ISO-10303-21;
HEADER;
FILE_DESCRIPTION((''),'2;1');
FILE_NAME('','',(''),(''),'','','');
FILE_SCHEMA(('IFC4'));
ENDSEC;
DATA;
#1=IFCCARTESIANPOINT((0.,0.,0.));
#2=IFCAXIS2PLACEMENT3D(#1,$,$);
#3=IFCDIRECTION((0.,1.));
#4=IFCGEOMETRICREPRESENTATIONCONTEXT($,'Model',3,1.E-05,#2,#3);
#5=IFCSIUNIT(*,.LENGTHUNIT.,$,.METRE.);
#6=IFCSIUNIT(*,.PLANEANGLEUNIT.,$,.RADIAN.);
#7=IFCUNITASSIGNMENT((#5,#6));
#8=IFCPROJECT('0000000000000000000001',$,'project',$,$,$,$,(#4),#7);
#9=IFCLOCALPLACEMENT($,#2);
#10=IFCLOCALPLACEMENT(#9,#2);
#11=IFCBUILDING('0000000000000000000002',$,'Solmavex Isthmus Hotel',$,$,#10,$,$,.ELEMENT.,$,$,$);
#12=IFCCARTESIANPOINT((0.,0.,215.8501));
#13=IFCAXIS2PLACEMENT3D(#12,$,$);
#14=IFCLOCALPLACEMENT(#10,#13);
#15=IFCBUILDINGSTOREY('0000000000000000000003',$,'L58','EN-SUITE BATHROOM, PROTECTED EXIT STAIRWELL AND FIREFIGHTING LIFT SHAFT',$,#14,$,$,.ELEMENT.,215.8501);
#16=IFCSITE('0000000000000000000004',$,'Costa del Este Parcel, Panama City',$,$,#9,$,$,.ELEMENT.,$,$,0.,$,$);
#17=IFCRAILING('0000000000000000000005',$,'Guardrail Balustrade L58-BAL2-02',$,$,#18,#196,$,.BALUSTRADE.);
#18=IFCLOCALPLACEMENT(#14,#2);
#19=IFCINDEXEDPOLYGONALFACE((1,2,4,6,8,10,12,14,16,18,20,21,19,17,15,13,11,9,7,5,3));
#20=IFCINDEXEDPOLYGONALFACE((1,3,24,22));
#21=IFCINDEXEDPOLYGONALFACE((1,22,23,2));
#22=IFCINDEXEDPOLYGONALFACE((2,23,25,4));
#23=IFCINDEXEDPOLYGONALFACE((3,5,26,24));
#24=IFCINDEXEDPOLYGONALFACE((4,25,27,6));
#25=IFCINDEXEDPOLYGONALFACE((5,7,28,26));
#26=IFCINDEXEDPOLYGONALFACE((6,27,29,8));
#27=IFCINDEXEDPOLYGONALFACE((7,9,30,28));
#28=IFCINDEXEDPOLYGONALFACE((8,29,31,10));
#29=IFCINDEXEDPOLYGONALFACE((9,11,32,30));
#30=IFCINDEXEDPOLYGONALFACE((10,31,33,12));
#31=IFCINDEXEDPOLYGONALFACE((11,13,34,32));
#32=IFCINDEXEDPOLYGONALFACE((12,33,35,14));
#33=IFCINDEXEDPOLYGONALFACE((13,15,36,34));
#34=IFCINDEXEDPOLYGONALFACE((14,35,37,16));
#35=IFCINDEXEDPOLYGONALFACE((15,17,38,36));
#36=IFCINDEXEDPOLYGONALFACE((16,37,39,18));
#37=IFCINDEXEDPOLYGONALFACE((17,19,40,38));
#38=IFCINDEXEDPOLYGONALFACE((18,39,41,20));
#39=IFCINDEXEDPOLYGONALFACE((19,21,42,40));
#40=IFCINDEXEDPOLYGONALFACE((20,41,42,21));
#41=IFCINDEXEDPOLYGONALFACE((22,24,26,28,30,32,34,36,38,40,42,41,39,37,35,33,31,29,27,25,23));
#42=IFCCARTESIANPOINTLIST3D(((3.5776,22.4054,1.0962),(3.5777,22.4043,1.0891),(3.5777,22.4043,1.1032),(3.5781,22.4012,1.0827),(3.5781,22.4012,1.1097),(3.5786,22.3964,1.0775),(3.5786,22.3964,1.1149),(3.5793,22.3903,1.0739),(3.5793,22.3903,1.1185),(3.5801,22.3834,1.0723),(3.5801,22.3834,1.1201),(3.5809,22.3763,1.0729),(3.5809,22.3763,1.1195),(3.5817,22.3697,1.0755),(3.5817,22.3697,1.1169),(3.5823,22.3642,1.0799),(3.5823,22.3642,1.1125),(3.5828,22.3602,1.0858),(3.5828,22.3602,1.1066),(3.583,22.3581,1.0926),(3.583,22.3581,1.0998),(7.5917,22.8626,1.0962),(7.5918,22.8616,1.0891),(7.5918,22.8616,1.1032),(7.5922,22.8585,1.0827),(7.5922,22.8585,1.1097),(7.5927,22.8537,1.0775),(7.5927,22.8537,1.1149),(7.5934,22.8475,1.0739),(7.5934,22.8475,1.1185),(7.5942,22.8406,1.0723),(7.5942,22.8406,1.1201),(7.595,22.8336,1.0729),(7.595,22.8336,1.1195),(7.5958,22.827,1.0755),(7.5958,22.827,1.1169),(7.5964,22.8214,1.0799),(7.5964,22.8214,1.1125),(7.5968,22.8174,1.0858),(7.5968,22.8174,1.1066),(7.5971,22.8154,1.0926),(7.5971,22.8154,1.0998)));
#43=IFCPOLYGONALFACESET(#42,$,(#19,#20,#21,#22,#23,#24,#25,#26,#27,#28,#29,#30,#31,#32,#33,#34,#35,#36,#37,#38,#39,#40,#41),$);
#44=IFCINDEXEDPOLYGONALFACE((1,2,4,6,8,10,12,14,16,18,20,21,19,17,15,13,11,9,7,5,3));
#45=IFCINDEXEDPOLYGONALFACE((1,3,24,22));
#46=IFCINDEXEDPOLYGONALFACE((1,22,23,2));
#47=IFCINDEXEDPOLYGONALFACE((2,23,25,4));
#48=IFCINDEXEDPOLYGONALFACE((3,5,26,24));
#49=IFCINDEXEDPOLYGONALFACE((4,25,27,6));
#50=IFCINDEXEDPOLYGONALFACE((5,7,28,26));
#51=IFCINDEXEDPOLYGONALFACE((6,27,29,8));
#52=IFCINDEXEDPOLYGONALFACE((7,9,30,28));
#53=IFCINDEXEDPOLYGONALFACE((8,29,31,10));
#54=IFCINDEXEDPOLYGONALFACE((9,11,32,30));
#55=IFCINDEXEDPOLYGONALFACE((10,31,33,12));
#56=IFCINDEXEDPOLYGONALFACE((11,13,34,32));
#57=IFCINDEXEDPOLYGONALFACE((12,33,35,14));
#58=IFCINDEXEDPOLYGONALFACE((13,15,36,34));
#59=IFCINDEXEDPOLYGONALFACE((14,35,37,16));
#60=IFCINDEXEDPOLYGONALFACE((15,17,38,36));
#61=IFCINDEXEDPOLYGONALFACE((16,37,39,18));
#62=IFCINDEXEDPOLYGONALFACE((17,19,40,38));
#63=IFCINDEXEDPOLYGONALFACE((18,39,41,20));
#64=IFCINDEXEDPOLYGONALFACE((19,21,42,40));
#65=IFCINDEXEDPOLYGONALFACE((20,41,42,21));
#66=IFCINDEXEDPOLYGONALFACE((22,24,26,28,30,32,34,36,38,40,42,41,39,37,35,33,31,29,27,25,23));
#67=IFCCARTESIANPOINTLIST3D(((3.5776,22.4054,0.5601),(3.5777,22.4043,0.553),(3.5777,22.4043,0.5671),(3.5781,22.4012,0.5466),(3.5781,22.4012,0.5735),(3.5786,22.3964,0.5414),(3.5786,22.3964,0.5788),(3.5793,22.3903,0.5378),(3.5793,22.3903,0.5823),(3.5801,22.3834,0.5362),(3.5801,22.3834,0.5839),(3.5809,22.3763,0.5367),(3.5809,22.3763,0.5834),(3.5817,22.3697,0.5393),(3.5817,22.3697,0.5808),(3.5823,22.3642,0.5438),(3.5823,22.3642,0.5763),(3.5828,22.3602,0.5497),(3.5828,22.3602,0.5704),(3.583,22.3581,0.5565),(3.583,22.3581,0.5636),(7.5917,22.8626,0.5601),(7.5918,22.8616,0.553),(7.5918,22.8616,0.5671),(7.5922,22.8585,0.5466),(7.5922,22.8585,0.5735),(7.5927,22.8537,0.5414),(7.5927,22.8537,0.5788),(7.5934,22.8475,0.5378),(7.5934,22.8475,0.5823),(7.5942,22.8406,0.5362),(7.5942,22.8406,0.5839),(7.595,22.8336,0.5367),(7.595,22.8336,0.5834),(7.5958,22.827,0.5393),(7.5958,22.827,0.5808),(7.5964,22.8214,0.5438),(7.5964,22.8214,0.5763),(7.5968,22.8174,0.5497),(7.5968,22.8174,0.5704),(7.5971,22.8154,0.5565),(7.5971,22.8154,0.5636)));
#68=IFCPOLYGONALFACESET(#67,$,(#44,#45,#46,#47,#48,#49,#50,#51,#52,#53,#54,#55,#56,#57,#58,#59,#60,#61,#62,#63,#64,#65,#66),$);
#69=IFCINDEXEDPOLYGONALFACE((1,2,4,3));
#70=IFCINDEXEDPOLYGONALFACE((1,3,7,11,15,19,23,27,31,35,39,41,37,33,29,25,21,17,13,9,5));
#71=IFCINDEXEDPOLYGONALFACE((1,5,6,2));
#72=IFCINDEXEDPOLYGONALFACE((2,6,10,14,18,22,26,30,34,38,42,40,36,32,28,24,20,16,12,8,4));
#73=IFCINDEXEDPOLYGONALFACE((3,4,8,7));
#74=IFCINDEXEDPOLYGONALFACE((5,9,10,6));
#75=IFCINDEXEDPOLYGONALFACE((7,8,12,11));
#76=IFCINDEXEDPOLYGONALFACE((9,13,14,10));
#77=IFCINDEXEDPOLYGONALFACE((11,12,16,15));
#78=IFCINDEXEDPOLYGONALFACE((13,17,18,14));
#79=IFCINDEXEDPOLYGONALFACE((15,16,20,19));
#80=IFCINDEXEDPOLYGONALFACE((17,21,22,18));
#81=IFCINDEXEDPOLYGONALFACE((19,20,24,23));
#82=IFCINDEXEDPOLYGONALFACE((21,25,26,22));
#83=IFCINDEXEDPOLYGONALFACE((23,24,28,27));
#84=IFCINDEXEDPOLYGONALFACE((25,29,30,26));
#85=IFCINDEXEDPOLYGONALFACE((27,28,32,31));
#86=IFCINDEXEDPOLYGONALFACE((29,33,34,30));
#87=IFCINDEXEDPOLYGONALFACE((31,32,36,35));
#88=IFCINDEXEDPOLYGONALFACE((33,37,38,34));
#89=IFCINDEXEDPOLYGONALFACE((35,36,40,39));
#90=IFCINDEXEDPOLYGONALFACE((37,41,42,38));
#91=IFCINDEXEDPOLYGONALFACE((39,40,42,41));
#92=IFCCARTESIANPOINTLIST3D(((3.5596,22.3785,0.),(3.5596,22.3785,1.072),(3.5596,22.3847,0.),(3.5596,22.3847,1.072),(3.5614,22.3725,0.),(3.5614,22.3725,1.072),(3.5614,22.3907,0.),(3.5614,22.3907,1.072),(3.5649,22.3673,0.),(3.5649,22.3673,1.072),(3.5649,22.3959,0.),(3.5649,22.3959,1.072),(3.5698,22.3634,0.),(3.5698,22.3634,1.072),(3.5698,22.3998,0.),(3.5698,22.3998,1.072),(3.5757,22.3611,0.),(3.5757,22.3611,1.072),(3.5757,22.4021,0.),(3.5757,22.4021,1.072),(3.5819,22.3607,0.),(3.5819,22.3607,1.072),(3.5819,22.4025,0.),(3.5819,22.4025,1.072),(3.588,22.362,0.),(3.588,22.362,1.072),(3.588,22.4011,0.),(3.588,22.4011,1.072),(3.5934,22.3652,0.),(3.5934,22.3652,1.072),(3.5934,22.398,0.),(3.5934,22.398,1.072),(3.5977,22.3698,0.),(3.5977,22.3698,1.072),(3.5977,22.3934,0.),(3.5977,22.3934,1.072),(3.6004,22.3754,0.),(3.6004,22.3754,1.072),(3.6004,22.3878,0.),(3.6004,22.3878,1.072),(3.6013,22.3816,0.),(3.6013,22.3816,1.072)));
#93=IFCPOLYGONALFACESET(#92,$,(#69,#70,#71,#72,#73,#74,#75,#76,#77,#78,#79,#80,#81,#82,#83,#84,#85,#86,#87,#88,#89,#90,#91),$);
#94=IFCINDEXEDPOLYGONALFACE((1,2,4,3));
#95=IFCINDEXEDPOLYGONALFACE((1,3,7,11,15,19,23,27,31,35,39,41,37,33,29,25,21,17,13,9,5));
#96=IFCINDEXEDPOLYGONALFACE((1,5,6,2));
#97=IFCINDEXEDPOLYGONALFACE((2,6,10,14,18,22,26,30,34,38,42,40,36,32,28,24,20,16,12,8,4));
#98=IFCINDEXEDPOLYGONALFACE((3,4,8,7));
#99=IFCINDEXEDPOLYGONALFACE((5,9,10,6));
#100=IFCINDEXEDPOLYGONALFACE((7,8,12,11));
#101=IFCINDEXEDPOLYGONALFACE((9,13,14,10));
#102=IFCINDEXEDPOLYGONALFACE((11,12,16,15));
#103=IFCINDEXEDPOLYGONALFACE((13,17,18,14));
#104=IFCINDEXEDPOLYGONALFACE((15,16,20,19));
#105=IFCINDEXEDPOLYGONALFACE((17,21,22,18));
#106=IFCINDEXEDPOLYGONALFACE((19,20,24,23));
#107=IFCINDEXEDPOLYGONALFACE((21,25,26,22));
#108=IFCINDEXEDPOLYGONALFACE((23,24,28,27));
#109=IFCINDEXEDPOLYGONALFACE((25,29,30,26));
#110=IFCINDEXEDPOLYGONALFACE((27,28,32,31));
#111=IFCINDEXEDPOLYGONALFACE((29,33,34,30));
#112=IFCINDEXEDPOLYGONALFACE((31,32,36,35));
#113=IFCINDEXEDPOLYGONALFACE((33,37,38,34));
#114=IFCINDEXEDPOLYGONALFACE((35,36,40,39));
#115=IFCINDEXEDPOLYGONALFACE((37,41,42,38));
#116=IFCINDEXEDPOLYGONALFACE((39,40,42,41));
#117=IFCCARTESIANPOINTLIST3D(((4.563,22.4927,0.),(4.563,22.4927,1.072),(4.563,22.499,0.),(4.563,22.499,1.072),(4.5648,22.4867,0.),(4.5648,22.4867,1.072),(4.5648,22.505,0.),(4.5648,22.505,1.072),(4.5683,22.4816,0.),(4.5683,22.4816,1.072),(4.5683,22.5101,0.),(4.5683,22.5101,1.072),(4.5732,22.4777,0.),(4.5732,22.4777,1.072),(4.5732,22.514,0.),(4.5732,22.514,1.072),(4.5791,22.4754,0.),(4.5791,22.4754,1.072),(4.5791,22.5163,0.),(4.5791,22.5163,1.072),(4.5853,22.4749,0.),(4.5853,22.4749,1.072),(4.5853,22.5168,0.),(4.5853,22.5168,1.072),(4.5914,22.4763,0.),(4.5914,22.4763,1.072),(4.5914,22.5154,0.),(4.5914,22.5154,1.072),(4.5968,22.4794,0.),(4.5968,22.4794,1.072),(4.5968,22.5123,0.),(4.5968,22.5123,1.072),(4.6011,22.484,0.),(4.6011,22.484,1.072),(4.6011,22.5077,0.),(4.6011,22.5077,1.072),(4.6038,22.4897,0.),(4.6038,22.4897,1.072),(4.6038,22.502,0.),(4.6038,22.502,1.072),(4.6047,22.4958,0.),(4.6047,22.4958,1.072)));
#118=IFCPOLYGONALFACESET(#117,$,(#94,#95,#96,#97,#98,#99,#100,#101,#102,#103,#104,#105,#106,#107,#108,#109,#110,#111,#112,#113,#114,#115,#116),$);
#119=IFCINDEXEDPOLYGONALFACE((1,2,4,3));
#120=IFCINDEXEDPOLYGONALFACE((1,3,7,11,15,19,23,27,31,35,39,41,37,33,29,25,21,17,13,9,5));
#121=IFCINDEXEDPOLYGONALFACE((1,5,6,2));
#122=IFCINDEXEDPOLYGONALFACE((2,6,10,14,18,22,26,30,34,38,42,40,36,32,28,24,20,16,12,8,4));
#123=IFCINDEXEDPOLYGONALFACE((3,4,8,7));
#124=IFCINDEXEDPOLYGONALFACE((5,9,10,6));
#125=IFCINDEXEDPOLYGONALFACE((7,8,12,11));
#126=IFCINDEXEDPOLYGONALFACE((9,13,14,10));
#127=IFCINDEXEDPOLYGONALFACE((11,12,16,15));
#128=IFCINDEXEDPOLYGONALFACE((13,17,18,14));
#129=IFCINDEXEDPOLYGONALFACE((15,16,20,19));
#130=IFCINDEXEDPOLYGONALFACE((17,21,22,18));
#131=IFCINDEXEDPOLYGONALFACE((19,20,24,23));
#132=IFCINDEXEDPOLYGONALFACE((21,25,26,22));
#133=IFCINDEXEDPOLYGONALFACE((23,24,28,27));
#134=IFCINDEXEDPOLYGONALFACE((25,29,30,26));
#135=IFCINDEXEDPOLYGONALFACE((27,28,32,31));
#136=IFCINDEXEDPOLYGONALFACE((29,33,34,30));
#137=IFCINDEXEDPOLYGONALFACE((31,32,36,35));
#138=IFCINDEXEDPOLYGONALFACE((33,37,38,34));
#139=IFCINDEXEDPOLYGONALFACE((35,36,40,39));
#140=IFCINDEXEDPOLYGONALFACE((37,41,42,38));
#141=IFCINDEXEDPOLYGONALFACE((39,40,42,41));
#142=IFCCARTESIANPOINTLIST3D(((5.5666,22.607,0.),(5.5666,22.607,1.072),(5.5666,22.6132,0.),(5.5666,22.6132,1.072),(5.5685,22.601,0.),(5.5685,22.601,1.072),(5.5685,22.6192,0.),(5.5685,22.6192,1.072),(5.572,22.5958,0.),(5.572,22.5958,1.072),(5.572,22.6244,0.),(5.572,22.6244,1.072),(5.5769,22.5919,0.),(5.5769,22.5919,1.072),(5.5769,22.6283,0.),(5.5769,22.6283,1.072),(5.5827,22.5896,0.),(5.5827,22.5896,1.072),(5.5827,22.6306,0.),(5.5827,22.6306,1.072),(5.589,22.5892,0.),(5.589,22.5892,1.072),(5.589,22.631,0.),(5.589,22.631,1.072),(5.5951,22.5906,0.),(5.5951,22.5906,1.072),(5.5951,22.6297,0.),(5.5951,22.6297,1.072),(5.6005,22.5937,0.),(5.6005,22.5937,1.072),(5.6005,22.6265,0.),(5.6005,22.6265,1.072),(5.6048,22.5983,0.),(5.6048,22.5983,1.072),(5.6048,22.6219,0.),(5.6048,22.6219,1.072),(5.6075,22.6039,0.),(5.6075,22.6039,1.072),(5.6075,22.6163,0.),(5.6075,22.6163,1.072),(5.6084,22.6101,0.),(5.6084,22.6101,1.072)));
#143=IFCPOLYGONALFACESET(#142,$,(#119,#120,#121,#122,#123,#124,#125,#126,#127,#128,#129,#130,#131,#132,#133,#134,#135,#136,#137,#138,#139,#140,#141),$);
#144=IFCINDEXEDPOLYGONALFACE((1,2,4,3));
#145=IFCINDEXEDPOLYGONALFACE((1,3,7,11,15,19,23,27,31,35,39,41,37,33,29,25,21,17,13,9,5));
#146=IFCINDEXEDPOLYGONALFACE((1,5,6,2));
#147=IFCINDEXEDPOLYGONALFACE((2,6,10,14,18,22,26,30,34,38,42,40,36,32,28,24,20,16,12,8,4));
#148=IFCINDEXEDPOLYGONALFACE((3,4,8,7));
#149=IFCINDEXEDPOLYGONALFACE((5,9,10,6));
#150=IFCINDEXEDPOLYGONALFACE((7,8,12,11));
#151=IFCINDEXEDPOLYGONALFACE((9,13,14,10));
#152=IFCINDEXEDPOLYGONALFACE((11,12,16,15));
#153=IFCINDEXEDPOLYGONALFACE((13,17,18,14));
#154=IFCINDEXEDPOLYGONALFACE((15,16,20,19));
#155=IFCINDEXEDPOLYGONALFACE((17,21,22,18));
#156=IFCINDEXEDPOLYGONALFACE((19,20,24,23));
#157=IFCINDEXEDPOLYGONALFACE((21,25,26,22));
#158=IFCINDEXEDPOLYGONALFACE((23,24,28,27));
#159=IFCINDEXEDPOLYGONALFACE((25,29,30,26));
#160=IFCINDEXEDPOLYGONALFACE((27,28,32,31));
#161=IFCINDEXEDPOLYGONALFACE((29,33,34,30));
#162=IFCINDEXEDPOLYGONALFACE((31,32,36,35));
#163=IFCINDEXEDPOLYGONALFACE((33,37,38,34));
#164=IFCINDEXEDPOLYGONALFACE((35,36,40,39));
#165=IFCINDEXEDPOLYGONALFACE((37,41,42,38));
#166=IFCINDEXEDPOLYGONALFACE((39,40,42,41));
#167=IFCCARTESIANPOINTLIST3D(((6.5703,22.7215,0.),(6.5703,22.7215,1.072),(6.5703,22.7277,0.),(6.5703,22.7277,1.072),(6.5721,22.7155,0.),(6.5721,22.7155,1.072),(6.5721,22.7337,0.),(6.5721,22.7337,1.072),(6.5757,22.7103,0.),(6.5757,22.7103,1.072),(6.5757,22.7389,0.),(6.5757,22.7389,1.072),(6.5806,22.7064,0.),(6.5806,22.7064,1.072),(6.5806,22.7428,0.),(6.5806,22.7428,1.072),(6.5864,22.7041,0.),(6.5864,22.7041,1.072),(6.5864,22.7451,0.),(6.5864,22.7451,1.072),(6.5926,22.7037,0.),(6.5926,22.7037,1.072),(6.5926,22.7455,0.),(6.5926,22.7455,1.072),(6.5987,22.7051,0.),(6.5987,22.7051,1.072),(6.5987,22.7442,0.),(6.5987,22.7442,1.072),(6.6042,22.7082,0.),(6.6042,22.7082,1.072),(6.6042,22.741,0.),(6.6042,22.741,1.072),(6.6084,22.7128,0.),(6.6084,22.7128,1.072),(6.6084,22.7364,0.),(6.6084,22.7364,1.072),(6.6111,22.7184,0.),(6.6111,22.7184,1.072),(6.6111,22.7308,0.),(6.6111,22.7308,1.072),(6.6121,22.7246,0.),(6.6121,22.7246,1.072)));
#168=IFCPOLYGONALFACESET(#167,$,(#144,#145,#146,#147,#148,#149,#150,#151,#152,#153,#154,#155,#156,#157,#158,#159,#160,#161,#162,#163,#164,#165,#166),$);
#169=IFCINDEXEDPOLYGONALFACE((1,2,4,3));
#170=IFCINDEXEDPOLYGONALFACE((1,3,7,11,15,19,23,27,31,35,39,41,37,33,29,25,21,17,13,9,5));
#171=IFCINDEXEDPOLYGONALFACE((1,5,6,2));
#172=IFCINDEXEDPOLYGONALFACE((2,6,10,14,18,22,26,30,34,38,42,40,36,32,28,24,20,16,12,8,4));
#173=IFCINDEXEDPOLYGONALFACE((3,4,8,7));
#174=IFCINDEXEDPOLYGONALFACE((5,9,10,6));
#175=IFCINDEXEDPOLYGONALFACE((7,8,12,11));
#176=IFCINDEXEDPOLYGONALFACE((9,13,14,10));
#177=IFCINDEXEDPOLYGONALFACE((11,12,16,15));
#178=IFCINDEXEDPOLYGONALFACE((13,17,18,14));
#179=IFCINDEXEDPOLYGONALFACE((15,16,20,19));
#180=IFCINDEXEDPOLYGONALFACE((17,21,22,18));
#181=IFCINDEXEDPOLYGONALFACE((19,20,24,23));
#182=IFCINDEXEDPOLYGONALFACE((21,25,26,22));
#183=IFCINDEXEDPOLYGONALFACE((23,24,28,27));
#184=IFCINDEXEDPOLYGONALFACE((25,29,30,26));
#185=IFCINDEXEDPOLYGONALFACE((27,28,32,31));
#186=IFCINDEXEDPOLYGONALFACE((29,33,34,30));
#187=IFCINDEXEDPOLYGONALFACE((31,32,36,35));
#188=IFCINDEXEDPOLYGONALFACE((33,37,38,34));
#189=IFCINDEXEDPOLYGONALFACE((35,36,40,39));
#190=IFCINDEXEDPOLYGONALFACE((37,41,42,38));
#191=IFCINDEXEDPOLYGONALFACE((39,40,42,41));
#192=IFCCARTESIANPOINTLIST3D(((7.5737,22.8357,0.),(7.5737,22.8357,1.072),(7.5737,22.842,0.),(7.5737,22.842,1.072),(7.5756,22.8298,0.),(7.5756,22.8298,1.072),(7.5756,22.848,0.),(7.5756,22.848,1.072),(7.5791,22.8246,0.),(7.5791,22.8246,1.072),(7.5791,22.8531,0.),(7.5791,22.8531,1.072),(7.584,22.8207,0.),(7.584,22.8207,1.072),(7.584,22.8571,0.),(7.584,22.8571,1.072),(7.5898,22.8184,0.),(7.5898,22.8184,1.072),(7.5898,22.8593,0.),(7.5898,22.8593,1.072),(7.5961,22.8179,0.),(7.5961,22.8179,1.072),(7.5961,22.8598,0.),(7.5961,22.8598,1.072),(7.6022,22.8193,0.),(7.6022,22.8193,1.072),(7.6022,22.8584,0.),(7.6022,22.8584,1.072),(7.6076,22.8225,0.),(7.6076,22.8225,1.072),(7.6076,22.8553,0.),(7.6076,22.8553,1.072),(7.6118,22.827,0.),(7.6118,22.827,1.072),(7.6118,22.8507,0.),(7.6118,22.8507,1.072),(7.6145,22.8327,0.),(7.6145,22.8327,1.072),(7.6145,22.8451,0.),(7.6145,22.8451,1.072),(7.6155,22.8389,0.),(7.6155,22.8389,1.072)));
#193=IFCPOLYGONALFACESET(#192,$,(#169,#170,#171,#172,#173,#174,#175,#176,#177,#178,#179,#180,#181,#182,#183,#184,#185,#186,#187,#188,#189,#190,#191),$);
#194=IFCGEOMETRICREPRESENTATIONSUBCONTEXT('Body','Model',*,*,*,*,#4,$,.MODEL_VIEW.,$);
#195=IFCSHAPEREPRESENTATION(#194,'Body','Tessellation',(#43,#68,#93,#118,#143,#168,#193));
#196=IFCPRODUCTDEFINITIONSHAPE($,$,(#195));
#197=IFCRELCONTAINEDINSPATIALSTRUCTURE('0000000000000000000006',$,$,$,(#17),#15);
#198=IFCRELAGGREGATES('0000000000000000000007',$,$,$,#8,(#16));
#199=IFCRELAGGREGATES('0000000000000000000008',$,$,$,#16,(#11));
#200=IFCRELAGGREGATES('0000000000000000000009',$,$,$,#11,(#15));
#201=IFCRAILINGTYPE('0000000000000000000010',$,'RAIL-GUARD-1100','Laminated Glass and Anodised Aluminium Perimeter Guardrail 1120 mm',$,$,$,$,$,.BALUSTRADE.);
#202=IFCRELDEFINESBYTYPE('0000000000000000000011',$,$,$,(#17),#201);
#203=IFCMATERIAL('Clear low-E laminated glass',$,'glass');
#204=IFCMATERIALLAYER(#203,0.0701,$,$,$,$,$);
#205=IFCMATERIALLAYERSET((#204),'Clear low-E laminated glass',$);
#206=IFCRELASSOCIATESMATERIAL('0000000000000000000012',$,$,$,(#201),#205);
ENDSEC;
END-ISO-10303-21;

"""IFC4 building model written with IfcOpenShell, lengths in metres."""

from ifc_helpers import new_model, si_unit, direction, frame, origin, origin_2d, place, context, subcontext, project, spatial, circle, extrude, material, layer, layer_set, type_object, element, save


model = new_model("IFC4")

# Units and contexts
model_context = context("Model", 3, precision=1e-05, world=origin(), true_north=direction((0.0, 1.0)))
body_context = subcontext(model_context, "Body", "Model", "MODEL_VIEW")
ifc_project = project(units=[si_unit("LENGTHUNIT", "METRE"), si_unit("PLANEANGLEUNIT", "RADIAN")], contexts=[model_context])

# Site, building, storey
site_placement = place(None, origin())
site = spatial("IfcSite", under=ifc_project, at=site_placement, Name="Costa del Este Parcel, Panama City", CompositionType="ELEMENT", RefElevation=0.0)
building_placement = place(site_placement, origin())
building = spatial("IfcBuilding", under=site, at=building_placement, Name="Solmavex Isthmus Hotel", CompositionType="ELEMENT")
storey_placement = place(building_placement, frame((0.0, 0.0, 215.8501)))
storey = spatial("IfcBuildingStorey", under=building, at=storey_placement, Name="L58", Description="EN-SUITE BATHROOM, PROTECTED EXIT STAIRWELL AND FIREFIGHTING LIFT SHAFT", CompositionType="ELEMENT", Elevation=215.8501)

# Shared definitions
ifc_material_1 = material(Name="Clear low-E laminated glass", Category="glass")

# Railing
ifc_layer_1 = layer(ifc_material_1, 0.0701)
ifc_layer_set_1 = layer_set([ifc_layer_1], Name="Clear low-E laminated glass")
railing_type_1 = type_object("IfcRailingType", Name="RAIL-GUARD-1100", Description="Laminated Glass and Anodised Aluminium Perimeter Guardrail 1120 mm", PredefinedType="BALUSTRADE", material=ifc_layer_set_1)
railing_1_placement = place(storey_placement, frame((3.5803, 22.3816, 0.0)))
element("IfcRailing", 1, at=railing_1_placement, inside=storey, type_object=railing_type_1, Name="Guardrail Balustrade L58-BAL2-02", PredefinedType="BALUSTRADE", context=body_context, shape_type="SweptSolid", body=[
    extrude(circle(Radius=0.0239, at=origin_2d()), frame((0.0, 0.0, 1.0962), z_axis=(0.993574, 0.113184, 0.0), x_axis=(-0.113184, 0.993574, 0.0)), (0.0, 0.0, 1.0), 4.04),
    extrude(circle(Radius=0.0239, at=origin_2d()), frame((0.0, 0.0, 0.5601), z_axis=(0.993574, 0.113184, 0.0), x_axis=(-0.113184, 0.993574, 0.0)), (0.0, 0.0, 1.0), 4.04),
    extrude(circle(Radius=0.021, at=origin_2d()), origin(), (0.0, 0.0, 1.0), 1.072),
    extrude(circle(Radius=0.021, at=origin_2d()), frame((1.0034, 0.1143, 0.0)), (0.0, 0.0, 1.0), 1.072),
    extrude(circle(Radius=0.021, at=origin_2d()), frame((2.0071, 0.2285, 0.0)), (0.0, 0.0, 1.0), 1.072),
    extrude(circle(Radius=0.021, at=origin_2d()), frame((3.0107, 0.343, 0.0)), (0.0, 0.0, 1.0), 1.072),
    extrude(circle(Radius=0.021, at=origin_2d()), frame((4.0142, 0.4573, 0.0)), (0.0, 0.0, 1.0), 1.072),
])

save(model, "model.ifc")
